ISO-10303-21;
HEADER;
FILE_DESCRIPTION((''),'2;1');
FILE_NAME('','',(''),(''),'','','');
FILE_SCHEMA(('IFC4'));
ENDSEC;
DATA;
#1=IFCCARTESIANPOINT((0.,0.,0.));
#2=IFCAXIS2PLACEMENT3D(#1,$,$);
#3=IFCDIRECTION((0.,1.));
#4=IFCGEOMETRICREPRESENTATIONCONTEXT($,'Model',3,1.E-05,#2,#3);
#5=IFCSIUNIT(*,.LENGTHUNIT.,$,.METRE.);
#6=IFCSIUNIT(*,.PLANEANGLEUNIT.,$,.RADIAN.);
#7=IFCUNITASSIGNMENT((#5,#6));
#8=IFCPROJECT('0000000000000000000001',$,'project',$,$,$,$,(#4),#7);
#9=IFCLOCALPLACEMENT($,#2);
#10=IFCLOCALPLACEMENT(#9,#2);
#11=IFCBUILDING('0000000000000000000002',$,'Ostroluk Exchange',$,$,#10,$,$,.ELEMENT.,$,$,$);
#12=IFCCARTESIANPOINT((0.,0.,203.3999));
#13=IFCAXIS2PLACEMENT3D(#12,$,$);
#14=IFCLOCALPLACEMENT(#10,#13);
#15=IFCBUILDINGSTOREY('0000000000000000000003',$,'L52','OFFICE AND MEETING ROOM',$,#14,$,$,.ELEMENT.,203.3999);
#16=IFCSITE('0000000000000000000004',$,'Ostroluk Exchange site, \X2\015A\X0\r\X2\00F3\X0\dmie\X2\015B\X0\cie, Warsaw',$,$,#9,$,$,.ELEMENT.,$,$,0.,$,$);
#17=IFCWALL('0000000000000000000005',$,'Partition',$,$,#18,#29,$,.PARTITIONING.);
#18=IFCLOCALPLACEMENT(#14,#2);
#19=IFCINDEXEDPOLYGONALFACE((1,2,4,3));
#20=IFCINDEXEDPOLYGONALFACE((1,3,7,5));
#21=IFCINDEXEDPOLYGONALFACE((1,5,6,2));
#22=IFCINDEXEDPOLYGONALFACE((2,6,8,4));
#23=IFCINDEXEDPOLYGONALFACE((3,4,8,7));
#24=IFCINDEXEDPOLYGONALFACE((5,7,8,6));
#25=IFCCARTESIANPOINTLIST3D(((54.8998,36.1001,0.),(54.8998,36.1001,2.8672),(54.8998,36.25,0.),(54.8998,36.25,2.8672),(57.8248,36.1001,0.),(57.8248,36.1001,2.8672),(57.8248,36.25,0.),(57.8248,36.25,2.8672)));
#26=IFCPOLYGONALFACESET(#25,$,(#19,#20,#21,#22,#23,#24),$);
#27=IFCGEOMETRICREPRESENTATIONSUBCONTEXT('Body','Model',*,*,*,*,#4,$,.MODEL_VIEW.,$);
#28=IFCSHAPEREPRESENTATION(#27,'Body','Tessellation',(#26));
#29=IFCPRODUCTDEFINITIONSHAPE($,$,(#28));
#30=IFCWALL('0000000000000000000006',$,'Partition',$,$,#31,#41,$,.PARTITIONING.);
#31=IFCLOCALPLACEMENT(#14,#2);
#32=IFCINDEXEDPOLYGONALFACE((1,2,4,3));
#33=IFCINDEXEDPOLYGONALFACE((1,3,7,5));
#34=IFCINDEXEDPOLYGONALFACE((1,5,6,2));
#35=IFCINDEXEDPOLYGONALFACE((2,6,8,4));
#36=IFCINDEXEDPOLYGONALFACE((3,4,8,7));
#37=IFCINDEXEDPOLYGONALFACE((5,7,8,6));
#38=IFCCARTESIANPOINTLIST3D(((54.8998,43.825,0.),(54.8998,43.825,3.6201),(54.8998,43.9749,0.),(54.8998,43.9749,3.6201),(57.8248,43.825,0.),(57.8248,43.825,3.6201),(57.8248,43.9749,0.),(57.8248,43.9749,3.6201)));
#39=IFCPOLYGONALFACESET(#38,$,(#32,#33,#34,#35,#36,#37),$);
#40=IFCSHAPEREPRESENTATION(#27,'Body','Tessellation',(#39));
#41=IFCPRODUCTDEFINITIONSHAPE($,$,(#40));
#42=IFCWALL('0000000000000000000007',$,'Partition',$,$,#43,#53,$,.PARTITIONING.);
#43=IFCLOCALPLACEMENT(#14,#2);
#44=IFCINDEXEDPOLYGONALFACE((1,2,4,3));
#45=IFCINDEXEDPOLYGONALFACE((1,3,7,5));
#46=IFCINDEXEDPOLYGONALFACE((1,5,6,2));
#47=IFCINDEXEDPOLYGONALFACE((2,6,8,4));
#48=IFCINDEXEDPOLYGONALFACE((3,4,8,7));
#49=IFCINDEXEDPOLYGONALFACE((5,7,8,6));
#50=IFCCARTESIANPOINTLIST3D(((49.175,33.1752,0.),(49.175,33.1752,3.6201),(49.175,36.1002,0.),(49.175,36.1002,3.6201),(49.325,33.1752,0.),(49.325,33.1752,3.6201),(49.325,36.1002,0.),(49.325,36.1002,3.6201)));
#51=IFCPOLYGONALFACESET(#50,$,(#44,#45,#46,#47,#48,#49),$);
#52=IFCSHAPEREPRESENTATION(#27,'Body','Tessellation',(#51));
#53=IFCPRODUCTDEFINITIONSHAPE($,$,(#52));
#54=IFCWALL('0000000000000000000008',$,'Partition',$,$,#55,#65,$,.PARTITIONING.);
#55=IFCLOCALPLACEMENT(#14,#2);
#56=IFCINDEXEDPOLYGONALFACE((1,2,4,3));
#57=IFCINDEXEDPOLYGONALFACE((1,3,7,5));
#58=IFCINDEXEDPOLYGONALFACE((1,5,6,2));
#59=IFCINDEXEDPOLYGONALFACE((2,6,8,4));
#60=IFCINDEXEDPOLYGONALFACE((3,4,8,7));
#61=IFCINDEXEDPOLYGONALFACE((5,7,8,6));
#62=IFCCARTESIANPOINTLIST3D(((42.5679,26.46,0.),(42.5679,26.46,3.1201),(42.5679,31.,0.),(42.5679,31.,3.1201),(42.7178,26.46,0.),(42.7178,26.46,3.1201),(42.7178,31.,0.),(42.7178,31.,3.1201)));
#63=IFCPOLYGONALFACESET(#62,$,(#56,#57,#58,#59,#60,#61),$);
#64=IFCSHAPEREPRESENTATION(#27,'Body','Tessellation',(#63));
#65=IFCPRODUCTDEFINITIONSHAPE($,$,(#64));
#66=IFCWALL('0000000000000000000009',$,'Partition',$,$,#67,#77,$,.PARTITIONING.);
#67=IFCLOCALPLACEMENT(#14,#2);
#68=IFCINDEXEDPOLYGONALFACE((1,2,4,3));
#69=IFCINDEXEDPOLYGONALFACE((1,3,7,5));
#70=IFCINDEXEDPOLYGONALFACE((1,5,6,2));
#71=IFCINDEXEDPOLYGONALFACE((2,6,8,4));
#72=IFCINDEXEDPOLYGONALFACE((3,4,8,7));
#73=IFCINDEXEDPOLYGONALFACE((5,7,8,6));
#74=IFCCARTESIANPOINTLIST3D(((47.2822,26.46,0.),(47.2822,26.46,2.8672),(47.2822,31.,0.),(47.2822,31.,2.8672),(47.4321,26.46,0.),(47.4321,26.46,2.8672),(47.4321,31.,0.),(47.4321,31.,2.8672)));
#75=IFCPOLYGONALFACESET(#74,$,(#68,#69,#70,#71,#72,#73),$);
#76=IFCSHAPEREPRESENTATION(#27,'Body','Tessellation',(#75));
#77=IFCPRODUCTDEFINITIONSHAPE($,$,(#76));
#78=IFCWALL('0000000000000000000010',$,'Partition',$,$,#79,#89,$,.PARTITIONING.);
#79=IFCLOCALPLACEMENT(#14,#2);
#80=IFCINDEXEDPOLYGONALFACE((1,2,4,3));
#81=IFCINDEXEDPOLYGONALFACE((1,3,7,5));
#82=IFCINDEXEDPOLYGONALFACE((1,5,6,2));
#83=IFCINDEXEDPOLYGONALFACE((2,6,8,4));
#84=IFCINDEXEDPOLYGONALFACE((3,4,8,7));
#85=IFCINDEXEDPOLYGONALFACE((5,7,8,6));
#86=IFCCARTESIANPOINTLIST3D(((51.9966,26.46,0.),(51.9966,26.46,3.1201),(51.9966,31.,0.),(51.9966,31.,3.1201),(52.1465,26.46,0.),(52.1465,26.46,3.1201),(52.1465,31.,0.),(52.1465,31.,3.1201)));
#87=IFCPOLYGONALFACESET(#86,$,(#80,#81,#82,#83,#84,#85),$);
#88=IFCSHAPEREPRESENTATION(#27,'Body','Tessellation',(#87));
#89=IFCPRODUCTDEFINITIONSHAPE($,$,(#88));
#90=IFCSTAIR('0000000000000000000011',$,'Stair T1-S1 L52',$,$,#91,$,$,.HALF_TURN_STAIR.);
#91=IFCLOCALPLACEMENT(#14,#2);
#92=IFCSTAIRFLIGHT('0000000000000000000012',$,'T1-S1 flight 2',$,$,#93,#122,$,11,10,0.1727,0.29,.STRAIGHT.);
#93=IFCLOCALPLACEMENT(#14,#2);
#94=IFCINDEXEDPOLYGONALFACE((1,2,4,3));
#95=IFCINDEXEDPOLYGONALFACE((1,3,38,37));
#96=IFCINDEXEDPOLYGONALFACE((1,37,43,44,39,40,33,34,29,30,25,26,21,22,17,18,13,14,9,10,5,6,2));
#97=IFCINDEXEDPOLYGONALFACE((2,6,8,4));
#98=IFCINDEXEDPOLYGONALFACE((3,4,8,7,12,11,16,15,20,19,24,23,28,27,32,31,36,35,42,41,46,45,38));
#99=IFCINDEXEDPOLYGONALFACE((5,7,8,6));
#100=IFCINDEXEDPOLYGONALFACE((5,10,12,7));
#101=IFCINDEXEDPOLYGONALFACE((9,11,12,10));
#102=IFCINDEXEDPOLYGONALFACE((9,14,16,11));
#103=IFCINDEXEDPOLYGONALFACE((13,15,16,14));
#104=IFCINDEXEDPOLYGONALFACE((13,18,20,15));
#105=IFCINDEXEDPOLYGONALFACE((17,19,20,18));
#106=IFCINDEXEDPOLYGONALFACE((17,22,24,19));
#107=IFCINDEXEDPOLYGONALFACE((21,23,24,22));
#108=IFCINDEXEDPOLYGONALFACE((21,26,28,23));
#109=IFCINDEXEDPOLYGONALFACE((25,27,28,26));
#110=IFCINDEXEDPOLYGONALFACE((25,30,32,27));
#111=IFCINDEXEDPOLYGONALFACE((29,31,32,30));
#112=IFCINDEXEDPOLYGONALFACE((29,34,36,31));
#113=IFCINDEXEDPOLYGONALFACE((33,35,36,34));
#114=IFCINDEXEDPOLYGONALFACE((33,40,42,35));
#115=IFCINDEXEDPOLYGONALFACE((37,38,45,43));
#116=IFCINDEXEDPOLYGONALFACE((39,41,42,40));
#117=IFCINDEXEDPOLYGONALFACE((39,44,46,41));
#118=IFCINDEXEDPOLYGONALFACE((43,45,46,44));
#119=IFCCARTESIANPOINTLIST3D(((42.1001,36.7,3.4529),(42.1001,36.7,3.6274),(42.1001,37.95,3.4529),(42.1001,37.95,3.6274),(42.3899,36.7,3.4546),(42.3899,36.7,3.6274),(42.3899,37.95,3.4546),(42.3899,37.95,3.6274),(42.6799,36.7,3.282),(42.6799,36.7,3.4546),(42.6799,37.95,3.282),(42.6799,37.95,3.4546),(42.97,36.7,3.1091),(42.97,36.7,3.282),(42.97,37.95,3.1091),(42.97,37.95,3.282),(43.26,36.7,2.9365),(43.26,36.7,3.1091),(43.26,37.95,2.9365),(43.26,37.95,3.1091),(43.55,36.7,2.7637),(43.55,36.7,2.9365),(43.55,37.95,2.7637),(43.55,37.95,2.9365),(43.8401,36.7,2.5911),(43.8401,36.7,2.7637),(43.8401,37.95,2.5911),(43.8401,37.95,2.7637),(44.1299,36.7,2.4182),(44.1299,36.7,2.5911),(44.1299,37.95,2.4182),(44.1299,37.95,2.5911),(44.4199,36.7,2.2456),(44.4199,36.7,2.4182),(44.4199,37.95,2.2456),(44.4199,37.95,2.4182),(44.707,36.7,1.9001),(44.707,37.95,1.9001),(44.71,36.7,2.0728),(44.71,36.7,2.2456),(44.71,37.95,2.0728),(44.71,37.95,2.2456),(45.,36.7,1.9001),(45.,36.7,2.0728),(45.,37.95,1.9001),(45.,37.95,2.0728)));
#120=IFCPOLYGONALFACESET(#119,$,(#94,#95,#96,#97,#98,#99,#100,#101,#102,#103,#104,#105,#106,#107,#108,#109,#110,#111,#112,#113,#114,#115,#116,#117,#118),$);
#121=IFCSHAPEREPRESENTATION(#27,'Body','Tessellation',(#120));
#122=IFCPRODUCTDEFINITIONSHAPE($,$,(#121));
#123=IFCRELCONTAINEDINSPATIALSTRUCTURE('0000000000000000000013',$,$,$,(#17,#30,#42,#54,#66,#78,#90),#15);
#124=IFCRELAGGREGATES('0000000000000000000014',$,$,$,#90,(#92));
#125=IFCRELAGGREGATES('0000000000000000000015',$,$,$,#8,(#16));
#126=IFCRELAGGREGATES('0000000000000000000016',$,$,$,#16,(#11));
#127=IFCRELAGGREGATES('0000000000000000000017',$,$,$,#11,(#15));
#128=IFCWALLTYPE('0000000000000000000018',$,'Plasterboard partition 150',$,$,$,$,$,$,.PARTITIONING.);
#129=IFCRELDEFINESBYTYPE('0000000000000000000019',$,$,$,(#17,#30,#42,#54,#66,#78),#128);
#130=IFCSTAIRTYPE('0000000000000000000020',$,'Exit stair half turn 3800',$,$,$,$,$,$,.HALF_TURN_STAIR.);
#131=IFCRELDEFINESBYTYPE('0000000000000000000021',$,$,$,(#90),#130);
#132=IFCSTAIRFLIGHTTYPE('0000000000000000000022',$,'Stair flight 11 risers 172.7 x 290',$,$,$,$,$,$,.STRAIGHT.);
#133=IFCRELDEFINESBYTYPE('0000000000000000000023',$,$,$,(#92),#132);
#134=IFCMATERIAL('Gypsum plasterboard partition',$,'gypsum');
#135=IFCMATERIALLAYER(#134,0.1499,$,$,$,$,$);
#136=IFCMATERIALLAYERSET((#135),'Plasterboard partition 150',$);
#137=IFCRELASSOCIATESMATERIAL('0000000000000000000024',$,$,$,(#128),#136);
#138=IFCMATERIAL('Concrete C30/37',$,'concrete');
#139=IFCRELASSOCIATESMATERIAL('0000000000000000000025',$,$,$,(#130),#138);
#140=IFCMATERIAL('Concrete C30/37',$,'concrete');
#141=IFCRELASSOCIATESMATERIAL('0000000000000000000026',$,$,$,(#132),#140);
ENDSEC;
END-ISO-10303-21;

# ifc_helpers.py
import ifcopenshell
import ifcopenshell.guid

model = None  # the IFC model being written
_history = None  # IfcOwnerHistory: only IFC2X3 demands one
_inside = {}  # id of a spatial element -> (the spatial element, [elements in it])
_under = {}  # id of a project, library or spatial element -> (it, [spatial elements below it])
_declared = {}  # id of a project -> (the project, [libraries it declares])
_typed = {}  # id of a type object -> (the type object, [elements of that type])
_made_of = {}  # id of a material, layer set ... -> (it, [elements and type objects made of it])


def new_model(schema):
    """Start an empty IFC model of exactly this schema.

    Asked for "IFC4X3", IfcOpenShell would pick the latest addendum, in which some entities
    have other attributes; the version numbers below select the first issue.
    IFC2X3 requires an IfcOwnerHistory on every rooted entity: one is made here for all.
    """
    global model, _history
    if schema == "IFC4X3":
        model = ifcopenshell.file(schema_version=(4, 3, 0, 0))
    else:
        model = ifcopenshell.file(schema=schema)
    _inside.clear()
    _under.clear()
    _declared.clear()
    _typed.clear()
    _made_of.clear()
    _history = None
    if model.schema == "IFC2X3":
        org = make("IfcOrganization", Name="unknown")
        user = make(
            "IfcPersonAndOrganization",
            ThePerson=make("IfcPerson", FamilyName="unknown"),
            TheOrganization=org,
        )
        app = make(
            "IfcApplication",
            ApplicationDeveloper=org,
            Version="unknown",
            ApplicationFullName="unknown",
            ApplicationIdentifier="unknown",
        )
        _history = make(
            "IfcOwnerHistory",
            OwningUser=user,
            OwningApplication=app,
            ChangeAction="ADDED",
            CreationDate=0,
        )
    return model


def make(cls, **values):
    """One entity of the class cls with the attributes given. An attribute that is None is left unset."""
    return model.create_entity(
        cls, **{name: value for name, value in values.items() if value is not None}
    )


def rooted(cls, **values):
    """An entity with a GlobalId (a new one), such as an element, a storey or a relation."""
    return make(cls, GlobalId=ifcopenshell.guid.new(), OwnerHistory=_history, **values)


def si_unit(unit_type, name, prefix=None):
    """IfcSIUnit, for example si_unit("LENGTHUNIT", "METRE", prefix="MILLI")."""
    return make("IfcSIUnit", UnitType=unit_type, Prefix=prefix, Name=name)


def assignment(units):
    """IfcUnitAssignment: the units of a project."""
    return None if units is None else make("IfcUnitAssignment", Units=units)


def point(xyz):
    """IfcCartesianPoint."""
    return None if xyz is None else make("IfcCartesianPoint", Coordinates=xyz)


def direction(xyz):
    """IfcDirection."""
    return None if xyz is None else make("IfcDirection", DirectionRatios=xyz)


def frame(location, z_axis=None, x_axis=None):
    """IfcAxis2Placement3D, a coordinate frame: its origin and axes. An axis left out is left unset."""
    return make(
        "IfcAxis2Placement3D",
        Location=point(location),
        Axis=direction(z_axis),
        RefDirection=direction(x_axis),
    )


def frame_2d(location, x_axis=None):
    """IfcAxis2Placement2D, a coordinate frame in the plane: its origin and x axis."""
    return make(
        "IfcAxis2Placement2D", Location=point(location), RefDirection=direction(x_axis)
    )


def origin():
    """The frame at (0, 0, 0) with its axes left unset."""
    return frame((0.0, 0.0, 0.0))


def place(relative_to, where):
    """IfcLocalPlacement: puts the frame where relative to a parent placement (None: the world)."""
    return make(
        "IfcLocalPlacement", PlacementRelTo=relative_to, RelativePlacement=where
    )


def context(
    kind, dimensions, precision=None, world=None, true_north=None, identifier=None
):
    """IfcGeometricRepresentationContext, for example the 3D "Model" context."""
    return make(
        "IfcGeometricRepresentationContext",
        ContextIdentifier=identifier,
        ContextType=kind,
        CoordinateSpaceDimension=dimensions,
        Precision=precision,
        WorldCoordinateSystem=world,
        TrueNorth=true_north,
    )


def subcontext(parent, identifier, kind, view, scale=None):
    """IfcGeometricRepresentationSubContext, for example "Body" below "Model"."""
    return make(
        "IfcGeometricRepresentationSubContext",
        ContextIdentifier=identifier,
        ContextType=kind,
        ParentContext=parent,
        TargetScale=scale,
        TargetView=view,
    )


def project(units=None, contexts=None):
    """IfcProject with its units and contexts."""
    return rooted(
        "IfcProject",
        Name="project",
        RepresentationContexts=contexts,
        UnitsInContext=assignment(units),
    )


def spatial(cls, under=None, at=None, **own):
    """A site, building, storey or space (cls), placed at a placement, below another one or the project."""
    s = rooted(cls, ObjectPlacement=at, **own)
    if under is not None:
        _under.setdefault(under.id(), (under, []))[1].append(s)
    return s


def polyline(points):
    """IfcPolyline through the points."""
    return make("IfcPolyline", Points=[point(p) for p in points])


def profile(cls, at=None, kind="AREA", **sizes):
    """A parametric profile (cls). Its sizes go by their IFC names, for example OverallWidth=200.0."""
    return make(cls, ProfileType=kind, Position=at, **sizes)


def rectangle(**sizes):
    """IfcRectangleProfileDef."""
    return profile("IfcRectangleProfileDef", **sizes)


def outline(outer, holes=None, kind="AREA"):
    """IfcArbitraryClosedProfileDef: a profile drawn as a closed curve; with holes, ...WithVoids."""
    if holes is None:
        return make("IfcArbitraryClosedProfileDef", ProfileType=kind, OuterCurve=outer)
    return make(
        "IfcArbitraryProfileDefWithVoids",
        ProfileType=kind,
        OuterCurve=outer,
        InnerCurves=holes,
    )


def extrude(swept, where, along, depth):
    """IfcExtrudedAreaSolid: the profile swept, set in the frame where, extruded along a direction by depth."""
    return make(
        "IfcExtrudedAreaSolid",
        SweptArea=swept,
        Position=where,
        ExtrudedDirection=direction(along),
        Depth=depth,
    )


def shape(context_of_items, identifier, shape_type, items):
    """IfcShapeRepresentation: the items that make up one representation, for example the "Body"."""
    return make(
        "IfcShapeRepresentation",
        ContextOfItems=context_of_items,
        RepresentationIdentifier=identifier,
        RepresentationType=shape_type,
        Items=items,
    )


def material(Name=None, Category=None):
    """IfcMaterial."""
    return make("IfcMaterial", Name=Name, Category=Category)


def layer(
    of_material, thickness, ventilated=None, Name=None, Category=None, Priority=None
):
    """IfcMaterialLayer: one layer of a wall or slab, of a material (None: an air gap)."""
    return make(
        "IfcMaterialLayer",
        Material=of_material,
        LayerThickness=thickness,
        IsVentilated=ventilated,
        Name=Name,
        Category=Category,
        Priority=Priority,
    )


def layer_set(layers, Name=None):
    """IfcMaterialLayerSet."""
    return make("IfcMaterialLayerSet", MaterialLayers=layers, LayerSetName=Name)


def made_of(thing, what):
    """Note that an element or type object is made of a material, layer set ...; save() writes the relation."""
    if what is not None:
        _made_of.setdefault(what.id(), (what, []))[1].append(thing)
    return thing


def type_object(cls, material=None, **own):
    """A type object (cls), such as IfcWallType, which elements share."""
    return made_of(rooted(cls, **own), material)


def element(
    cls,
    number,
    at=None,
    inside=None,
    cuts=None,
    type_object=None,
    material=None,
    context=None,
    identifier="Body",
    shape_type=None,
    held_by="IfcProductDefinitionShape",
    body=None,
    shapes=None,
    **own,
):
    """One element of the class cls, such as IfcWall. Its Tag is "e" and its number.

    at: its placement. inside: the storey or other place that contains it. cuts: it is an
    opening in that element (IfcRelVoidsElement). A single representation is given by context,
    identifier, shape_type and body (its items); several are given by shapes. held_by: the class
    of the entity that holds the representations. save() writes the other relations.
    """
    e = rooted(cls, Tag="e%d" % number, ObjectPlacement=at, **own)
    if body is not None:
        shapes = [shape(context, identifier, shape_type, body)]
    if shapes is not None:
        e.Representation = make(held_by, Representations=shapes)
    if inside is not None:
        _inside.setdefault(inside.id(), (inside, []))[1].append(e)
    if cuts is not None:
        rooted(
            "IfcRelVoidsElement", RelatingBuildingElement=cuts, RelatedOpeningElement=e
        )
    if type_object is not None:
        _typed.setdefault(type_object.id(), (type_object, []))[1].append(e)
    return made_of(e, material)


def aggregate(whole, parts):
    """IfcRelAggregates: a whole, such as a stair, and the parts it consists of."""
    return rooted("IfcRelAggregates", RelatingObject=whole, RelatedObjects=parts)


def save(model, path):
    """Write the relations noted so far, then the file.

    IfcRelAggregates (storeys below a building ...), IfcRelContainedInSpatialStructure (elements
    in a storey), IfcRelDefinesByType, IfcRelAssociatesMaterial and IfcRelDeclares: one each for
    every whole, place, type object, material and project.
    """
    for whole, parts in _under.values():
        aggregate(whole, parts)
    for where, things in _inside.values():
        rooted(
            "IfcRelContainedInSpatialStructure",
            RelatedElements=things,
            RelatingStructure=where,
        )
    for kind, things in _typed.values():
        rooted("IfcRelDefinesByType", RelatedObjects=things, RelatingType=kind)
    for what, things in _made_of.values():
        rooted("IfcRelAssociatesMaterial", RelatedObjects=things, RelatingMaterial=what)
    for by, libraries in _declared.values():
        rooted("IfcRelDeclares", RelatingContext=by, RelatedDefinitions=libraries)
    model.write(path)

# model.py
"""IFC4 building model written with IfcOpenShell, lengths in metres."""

from ifc_helpers import new_model, si_unit, direction, frame, frame_2d, origin, place, context, subcontext, project, spatial, polyline, rectangle, outline, extrude, material, layer, layer_set, type_object, element, aggregate, save


model = new_model("IFC4")

# Units and contexts
model_context = context("Model", 3, precision=1e-05, world=origin(), true_north=direction((0.0, 1.0)))
body_context = subcontext(model_context, "Body", "Model", "MODEL_VIEW")
ifc_project = project(units=[si_unit("LENGTHUNIT", "METRE"), si_unit("PLANEANGLEUNIT", "RADIAN")], contexts=[model_context])

# Site, building, storey
site_placement = place(None, origin())
site = spatial("IfcSite", under=ifc_project, at=site_placement, Name="Ostroluk Exchange site, Śródmieście, Warsaw", CompositionType="ELEMENT", RefElevation=0.0)
building_placement = place(site_placement, origin())
building = spatial("IfcBuilding", under=site, at=building_placement, Name="Ostroluk Exchange", CompositionType="ELEMENT")
storey_placement = place(building_placement, frame((0.0, 0.0, 203.3999)))
storey = spatial("IfcBuildingStorey", under=building, at=storey_placement, Name="L52", Description="OFFICE AND MEETING ROOM", CompositionType="ELEMENT", Elevation=203.3999)

# Walls
ifc_material_1 = material(Name="Gypsum plasterboard partition", Category="gypsum")
ifc_layer_1 = layer(ifc_material_1, 0.1499)
ifc_layer_set_1 = layer_set([ifc_layer_1], Name="Plasterboard partition 150")
wall_type_1 = type_object("IfcWallType", Name="Plasterboard partition 150", PredefinedType="PARTITIONING", material=ifc_layer_set_1)
wall_1_placement = place(storey_placement, frame((54.8999, 36.175, 0.0), z_axis=(0.0, 0.0, 1.0), x_axis=(1.0, 0.0, 0.0)))
element("IfcWall", 1, at=wall_1_placement, inside=storey, type_object=wall_type_1, Name="Partition", PredefinedType="PARTITIONING", context=body_context, shape_type="SweptSolid", body=[
    extrude(rectangle(XDim=2.925, YDim=0.1499, at=frame_2d((1.4624, 0.0))), origin(), (0.0, 0.0, 1.0), 2.8672),
])
for number, where, z_axis, x_axis, name in (
    (2, (54.8999, 43.8999, 0.0), (0.0, 0.0, 1.0), (1.0, 0.0, 0.0), "Partition"),
    (3, (49.25, 36.1001, 0.0), (0.0, 0.0, 1.0), (0.0, -1.0, 0.0), "Partition"),
):
    element("IfcWall", number, at=place(storey_placement, frame(where, z_axis=z_axis, x_axis=x_axis)), inside=storey, type_object=wall_type_1, Name=name, PredefinedType="PARTITIONING", context=body_context, shape_type="SweptSolid", body=[
        extrude(rectangle(XDim=2.925, YDim=0.1499, at=frame_2d((1.4624, 0.0))), origin(), (0.0, 0.0, 1.0), 3.6201),
    ])
wall_2_placement = place(storey_placement, frame((42.6428, 31.0, 0.0), z_axis=(0.0, 0.0, 1.0), x_axis=(0.0, -1.0, 0.0)))
element("IfcWall", 4, at=wall_2_placement, inside=storey, type_object=wall_type_1, Name="Partition", PredefinedType="PARTITIONING", context=body_context, shape_type="SweptSolid", body=[
    extrude(rectangle(XDim=4.54, YDim=0.1499, at=frame_2d((2.27, 0.0))), origin(), (0.0, 0.0, 1.0), 3.1201),
])
wall_3_placement = place(storey_placement, frame((47.3572, 31.0, 0.0), z_axis=(0.0, 0.0, 1.0), x_axis=(0.0, -1.0, 0.0)))
element("IfcWall", 5, at=wall_3_placement, inside=storey, type_object=wall_type_1, Name="Partition", PredefinedType="PARTITIONING", context=body_context, shape_type="SweptSolid", body=[
    extrude(rectangle(XDim=4.54, YDim=0.1499, at=frame_2d((2.27, 0.0))), origin(), (0.0, 0.0, 1.0), 2.8672),
])
wall_4_placement = place(storey_placement, frame((52.0715, 31.0, 0.0), z_axis=(0.0, 0.0, 1.0), x_axis=(0.0, -1.0, 0.0)))
element("IfcWall", 6, at=wall_4_placement, inside=storey, type_object=wall_type_1, Name="Partition", PredefinedType="PARTITIONING", context=body_context, shape_type="SweptSolid", body=[
    extrude(rectangle(XDim=4.54, YDim=0.1499, at=frame_2d((2.27, 0.0))), origin(), (0.0, 0.0, 1.0), 3.1201),
])

# Stair, stair flight
ifc_material_2 = material(Name="Concrete C30/37", Category="concrete")
stair_type = type_object("IfcStairType", Name="Exit stair half turn 3800", PredefinedType="HALF_TURN_STAIR", material=ifc_material_2)
stair_placement = place(storey_placement, origin())
stair = element("IfcStair", 7, at=stair_placement, inside=storey, type_object=stair_type, Name="Stair T1-S1 L52", PredefinedType="HALF_TURN_STAIR")
ifc_material_3 = material(Name="Concrete C30/37", Category="concrete")
stair_flight_type = type_object("IfcStairFlightType", Name="Stair flight 11 risers 172.7 x 290", PredefinedType="STRAIGHT", material=ifc_material_3)
stair_flight_placement = place(storey_placement, frame((45.0, 37.325, 1.9001), z_axis=(0.0, 0.0, 1.0), x_axis=(-1.0, 0.0, 0.0)))
stair_flight = element("IfcStairFlight", 8, at=stair_flight_placement, type_object=stair_flight_type, Name="T1-S1 flight 2", NumberOfRisers=11, NumberOfTreads=10, PredefinedType="STRAIGHT", RiserHeight=0.1727, TreadLength=0.29, context=body_context, shape_type="SweptSolid", body=[
    extrude(outline(polyline([(0.0, 0.0), (0.0, 0.1726), (0.29, 0.1726), (0.29, 0.3455), (0.5801, 0.3455), (0.5801, 0.5181), (0.8701, 0.5181), (0.8701, 0.6909), (1.1599, 0.6909), (1.1599, 0.8635), (1.45, 0.8635), (1.45, 1.0364), (1.74, 1.0364), (1.74, 1.209), (2.03, 1.209), (2.03, 1.3818), (2.3201, 1.3818), (2.3201, 1.5544), (2.6101, 1.5544), (2.6101, 1.7273), (2.8999, 1.7273), (2.8999, 1.8999), (2.8999, 1.5527), (0.293, 0.0), (0.0, 0.0)])), frame((0.0, 0.625, 0.0), z_axis=(0.0, -1.0, 0.0), x_axis=(1.0, 0.0, 0.0)), (0.0, 0.0, 1.0), 1.25),
])
aggregate(stair, [stair_flight])

save(model, "model.ifc")
